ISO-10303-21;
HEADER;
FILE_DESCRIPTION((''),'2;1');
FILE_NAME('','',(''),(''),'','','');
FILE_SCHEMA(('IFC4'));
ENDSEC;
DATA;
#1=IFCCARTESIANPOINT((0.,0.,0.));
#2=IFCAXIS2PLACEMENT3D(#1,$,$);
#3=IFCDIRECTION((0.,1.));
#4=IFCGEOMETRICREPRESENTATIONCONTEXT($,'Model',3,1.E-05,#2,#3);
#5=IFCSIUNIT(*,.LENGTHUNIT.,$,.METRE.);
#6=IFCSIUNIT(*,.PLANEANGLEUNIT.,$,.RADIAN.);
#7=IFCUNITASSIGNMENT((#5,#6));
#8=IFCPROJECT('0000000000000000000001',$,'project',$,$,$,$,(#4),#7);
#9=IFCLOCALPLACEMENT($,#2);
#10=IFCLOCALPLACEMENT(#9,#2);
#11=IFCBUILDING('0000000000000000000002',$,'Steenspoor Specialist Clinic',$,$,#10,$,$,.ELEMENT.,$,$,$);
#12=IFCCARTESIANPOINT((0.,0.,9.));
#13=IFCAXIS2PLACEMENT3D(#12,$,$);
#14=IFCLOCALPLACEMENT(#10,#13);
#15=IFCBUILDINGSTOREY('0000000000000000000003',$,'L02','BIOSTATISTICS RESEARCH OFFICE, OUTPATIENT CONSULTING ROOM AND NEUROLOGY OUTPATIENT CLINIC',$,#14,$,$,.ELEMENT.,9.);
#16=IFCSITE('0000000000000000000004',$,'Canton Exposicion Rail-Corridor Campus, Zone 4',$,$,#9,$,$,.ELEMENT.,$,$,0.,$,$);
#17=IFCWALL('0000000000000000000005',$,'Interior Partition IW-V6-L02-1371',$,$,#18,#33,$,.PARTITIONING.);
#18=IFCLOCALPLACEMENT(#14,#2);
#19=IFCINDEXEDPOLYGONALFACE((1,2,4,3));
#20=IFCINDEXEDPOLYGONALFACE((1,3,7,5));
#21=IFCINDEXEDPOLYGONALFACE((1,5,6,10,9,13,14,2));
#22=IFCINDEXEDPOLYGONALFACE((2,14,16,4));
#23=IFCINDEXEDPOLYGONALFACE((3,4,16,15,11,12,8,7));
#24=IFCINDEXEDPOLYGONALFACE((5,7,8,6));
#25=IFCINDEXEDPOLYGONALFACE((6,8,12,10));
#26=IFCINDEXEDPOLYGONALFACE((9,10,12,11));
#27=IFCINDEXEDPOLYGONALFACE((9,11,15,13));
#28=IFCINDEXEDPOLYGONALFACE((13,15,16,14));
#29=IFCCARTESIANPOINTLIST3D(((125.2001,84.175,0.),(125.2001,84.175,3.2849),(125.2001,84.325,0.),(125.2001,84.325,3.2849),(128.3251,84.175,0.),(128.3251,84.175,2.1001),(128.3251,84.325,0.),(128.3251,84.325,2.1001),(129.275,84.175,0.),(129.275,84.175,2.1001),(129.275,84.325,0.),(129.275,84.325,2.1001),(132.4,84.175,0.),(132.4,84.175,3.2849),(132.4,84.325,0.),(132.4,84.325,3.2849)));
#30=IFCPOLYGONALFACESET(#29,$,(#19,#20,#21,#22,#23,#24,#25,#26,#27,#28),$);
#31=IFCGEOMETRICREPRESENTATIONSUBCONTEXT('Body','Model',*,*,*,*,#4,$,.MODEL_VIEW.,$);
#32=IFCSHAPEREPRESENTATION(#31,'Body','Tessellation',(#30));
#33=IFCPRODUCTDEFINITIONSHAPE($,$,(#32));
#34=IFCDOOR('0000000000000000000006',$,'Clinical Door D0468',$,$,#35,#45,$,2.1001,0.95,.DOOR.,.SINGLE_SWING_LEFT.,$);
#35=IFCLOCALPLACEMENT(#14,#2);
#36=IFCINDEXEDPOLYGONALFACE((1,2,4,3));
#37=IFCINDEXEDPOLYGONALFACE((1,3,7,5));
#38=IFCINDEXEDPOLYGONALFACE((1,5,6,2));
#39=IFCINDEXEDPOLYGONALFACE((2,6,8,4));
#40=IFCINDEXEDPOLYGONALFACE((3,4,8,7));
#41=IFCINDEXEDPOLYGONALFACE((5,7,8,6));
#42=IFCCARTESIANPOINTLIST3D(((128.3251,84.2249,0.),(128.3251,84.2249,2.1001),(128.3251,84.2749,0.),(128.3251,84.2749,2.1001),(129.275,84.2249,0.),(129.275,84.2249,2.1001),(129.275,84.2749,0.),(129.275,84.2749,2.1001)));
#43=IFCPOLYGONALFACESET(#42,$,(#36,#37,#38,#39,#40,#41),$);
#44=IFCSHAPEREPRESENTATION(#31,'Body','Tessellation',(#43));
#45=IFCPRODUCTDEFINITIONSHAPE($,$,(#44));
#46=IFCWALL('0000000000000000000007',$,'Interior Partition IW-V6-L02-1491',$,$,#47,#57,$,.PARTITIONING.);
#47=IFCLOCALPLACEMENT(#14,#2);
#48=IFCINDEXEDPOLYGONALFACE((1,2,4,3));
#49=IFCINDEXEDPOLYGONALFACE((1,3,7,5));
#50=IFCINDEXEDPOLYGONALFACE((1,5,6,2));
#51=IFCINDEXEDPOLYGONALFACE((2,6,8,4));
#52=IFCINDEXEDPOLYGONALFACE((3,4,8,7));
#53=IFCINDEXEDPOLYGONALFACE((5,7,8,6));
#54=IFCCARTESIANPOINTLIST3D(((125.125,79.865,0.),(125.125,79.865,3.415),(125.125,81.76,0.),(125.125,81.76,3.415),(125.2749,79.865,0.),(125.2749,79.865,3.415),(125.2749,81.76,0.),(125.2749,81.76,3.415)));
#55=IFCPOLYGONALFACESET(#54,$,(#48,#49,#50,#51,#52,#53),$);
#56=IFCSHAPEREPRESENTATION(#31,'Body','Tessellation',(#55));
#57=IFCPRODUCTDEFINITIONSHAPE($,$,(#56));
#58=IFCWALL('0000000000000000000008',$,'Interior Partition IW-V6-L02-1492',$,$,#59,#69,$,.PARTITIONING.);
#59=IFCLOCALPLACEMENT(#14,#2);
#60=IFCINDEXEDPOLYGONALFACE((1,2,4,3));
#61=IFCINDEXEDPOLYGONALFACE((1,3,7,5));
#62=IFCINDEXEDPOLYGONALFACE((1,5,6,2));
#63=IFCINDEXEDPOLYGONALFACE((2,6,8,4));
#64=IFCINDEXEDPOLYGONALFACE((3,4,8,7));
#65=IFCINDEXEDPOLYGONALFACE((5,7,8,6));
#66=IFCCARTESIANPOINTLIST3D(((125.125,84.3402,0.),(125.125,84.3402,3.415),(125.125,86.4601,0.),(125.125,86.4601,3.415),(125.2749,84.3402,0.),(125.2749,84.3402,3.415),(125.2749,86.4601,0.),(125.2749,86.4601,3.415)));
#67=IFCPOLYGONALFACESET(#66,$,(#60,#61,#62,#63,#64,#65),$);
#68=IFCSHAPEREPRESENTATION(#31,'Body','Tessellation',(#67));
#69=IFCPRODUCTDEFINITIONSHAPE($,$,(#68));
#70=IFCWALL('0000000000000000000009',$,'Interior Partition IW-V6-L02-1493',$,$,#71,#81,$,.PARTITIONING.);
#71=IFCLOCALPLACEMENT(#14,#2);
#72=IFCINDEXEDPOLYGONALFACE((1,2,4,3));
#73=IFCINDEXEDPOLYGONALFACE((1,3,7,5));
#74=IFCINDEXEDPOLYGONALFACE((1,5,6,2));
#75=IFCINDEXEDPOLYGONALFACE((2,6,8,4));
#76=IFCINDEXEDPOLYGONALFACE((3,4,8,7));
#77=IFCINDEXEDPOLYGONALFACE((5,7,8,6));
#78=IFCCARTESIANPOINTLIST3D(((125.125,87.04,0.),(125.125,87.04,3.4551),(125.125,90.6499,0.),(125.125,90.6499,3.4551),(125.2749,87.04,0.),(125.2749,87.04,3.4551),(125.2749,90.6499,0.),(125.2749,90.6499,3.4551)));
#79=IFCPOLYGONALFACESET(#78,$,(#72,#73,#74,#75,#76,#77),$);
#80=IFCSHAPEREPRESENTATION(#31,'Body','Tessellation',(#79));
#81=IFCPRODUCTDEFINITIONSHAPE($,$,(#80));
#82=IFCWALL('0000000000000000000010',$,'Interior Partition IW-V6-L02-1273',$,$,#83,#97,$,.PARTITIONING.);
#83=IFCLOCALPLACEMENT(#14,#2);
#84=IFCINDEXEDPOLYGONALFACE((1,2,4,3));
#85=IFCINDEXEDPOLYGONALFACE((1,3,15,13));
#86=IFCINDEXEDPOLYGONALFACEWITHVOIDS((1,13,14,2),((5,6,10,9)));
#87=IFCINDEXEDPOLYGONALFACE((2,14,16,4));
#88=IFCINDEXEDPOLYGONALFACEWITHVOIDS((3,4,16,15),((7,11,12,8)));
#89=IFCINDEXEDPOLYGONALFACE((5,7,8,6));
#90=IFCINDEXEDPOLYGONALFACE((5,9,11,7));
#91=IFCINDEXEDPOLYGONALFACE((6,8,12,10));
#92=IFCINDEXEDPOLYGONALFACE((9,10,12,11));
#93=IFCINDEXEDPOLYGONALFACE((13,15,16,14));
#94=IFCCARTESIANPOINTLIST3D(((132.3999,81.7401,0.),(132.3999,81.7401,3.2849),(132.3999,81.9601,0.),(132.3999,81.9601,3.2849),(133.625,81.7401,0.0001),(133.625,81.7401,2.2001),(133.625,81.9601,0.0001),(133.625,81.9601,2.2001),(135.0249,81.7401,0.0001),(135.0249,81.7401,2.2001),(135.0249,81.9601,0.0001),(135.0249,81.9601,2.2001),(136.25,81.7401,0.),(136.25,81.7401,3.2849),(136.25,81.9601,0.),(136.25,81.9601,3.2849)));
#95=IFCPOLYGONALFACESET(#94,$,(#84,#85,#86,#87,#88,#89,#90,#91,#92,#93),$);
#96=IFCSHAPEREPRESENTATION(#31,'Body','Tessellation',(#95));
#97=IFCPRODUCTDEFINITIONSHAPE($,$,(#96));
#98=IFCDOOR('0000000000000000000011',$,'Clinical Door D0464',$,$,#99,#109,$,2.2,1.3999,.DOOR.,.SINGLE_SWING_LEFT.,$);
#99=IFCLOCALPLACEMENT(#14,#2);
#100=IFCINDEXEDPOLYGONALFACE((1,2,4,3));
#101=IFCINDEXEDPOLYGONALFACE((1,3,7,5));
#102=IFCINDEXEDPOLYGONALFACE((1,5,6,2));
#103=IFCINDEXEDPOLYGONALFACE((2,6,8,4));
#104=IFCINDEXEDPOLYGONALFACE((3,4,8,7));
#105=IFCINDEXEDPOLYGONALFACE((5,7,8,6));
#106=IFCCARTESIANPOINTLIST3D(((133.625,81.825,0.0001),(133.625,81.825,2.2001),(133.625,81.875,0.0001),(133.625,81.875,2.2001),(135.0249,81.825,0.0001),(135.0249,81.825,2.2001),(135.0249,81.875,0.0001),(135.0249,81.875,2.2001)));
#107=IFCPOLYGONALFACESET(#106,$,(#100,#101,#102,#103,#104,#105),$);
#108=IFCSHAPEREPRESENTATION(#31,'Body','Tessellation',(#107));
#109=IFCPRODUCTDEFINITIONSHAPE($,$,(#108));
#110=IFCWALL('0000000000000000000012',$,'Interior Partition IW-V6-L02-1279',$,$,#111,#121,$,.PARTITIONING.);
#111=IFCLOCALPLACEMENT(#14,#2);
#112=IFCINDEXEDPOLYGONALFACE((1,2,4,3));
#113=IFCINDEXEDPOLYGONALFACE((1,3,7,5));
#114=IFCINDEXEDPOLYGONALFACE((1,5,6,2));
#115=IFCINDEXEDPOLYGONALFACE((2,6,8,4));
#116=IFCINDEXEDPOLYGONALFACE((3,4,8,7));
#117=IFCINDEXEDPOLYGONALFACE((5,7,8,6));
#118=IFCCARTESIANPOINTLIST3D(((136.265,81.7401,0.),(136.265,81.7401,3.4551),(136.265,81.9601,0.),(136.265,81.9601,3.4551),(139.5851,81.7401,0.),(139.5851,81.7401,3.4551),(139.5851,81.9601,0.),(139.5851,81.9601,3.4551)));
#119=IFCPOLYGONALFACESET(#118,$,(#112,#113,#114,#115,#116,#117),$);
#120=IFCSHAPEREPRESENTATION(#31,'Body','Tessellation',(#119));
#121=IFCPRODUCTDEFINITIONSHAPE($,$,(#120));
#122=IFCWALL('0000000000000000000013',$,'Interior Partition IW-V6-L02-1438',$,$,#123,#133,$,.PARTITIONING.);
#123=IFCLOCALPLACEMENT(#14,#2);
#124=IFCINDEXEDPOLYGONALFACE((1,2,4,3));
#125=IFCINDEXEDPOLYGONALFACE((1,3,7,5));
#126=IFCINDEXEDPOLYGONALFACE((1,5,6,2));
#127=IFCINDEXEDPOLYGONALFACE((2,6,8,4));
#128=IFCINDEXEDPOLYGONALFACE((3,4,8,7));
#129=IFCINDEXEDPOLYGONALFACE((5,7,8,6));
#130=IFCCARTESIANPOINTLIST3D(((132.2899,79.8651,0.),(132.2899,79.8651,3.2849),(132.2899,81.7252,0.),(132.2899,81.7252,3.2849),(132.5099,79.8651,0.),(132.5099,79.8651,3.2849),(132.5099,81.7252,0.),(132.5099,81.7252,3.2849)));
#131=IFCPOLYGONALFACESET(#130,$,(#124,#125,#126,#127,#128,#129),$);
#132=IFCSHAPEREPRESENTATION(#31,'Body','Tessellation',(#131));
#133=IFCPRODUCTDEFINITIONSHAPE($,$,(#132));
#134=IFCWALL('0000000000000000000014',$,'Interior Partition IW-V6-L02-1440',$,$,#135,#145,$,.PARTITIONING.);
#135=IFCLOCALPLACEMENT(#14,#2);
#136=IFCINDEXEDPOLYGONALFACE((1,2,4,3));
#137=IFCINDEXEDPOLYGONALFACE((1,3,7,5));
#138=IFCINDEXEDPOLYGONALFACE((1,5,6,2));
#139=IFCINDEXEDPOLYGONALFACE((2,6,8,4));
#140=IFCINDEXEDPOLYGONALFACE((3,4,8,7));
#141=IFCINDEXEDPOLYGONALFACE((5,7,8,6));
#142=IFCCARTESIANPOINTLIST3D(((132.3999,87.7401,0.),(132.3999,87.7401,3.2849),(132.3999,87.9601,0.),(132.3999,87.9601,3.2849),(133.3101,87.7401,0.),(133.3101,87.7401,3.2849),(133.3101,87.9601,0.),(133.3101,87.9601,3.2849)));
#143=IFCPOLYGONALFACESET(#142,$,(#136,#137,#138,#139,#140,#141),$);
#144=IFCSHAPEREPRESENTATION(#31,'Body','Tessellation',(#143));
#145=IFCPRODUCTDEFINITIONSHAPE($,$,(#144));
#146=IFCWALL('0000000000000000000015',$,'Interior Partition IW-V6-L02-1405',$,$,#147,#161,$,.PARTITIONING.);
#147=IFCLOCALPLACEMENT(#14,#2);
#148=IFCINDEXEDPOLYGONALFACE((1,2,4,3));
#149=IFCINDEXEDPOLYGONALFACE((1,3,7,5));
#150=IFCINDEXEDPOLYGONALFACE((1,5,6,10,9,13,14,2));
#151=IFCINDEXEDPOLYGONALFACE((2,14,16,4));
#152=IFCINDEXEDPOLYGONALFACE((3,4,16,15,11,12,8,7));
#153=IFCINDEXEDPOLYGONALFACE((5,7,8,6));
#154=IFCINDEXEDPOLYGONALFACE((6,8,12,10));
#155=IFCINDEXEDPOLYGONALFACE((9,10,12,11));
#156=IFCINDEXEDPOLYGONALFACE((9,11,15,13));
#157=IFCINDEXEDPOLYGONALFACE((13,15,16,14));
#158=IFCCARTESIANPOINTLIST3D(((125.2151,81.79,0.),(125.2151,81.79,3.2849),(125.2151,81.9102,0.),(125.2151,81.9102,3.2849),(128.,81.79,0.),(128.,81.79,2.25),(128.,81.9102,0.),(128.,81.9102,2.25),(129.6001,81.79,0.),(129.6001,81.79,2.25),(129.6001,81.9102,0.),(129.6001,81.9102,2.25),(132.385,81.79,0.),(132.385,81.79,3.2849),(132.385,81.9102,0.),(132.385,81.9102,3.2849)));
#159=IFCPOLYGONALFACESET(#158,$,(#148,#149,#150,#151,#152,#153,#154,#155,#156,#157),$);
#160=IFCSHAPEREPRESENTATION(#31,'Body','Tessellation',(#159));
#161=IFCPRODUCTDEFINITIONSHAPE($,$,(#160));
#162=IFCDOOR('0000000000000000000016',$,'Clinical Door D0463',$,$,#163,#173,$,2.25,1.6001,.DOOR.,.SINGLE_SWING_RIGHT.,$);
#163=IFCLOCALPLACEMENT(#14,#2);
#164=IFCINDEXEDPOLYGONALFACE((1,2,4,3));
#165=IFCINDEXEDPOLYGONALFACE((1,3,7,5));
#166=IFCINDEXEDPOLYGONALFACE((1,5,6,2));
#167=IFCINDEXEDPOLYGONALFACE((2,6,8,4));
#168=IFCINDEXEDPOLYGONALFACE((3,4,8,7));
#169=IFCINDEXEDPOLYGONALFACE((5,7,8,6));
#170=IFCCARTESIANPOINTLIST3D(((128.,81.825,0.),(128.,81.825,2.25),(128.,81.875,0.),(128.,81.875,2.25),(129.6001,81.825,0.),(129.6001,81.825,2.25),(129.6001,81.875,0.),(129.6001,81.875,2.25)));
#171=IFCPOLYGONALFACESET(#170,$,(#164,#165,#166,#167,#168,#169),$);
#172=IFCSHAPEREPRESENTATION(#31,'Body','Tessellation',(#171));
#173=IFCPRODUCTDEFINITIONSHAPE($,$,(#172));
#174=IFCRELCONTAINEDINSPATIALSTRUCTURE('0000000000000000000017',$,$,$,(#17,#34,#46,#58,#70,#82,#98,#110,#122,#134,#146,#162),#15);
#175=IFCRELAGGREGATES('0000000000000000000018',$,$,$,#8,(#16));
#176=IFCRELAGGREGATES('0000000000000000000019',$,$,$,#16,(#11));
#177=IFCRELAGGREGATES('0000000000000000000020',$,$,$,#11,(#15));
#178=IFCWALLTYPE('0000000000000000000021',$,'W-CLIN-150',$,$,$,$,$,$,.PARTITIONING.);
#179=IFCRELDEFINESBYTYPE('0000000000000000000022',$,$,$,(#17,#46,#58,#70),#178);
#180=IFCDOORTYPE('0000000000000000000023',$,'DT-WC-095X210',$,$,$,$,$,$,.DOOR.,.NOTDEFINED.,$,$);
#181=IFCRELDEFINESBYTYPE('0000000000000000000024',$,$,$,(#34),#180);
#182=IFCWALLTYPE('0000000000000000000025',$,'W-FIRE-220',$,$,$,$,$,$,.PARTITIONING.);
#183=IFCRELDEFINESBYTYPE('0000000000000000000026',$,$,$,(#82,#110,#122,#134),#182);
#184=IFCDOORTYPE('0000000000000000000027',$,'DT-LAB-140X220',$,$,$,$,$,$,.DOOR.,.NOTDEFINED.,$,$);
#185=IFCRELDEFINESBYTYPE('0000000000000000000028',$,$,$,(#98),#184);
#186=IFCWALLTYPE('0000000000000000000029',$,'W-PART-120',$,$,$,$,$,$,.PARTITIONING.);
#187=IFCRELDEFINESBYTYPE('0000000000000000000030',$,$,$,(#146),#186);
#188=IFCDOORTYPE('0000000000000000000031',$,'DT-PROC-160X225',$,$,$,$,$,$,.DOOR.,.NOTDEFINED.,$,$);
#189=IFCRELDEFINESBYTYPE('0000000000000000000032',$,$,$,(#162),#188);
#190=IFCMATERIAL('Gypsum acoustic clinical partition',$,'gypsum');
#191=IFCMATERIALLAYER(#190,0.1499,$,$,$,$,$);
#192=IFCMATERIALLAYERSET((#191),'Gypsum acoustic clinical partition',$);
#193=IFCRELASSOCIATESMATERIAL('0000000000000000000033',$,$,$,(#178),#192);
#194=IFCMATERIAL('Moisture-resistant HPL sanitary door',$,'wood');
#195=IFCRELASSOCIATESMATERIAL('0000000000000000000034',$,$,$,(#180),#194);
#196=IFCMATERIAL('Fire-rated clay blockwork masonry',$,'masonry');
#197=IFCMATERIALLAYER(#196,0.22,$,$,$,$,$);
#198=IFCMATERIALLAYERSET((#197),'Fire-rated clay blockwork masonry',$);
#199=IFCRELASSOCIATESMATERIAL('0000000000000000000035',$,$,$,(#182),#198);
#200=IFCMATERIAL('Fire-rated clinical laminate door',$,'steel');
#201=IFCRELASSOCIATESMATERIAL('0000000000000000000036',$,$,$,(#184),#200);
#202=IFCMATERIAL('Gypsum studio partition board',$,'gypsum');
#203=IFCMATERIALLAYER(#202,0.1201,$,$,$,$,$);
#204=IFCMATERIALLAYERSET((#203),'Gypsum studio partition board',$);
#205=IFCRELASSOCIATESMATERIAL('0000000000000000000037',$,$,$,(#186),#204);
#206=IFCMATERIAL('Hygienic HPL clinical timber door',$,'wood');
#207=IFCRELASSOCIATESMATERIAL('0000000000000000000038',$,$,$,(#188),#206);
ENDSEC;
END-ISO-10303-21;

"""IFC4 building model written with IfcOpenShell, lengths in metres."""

from ifc_helpers import new_model, si_unit, direction, frame, frame_2d, origin, place, context, subcontext, project, spatial, rectangle, extrude, material, layer, layer_set, type_object, element, fill, save


model = new_model("IFC4")

# Units and contexts
model_context = context("Model", 3, precision=1e-05, world=origin(), true_north=direction((0.0, 1.0)))
body_context = subcontext(model_context, "Body", "Model", "MODEL_VIEW")
ifc_project = project(units=[si_unit("LENGTHUNIT", "METRE"), si_unit("PLANEANGLEUNIT", "RADIAN")], contexts=[model_context])

# Site, building, storey
site_placement = place(None, origin())
site = spatial("IfcSite", under=ifc_project, at=site_placement, Name="Canton Exposicion Rail-Corridor Campus, Zone 4", CompositionType="ELEMENT", RefElevation=0.0)
building_placement = place(site_placement, origin())
building = spatial("IfcBuilding", under=site, at=building_placement, Name="Steenspoor Specialist Clinic", CompositionType="ELEMENT")
storey_placement = place(building_placement, frame((0.0, 0.0, 9.0)))
storey = spatial("IfcBuildingStorey", under=building, at=storey_placement, Name="L02", Description="BIOSTATISTICS RESEARCH OFFICE, OUTPATIENT CONSULTING ROOM AND NEUROLOGY OUTPATIENT CLINIC", CompositionType="ELEMENT", Elevation=9.0)

# Wall, opening, door
ifc_material_1 = material(Name="Gypsum acoustic clinical partition", Category="gypsum")
ifc_layer_1 = layer(ifc_material_1, 0.1499)
ifc_layer_set_1 = layer_set([ifc_layer_1], Name="Gypsum acoustic clinical partition")
wall_type_1 = type_object("IfcWallType", Name="W-CLIN-150", PredefinedType="PARTITIONING", material=ifc_layer_set_1)
wall_1_placement = place(storey_placement, frame((125.2, 84.25, 0.0), z_axis=(0.0, 0.0, 1.0), x_axis=(1.0, 0.0, 0.0)))
wall_1 = element("IfcWall", 1, at=wall_1_placement, inside=storey, type_object=wall_type_1, Name="Interior Partition IW-V6-L02-1371", PredefinedType="PARTITIONING", context=body_context, shape_type="SweptSolid", body=[
    extrude(rectangle(XDim=7.2, YDim=0.1499, at=frame_2d((3.6001, 0.0))), origin(), (0.0, 0.0, 1.0), 3.2849),
])
opening_1_placement = place(wall_1_placement, frame((3.125, 0.0, 0.0)))
opening_1 = element("IfcOpeningElement", 2, at=opening_1_placement, cuts=wall_1, PredefinedType="OPENING", context=body_context, shape_type="SweptSolid", body=[
    extrude(rectangle(XDim=0.95, YDim=2.1001, at=frame_2d((0.4751, 1.05))), frame((0.0, 0.085, 0.0), z_axis=(0.0, -1.0, 0.0), x_axis=(1.0, 0.0, 0.0)), (0.0, 0.0, 1.0), 0.1699),
])
ifc_material_2 = material(Name="Moisture-resistant HPL sanitary door", Category="wood")
door_type_1 = type_object("IfcDoorType", Name="DT-WC-095X210", OperationType="NOTDEFINED", PredefinedType="DOOR", material=ifc_material_2)
door_1_placement = place(opening_1_placement, origin())
door_1 = element("IfcDoor", 3, at=door_1_placement, inside=storey, type_object=door_type_1, Name="Clinical Door D0468", OperationType="SINGLE_SWING_LEFT", OverallHeight=2.1001, OverallWidth=0.95, PredefinedType="DOOR", context=body_context, shape_type="SweptSolid", body=[
    extrude(rectangle(XDim=0.95, YDim=2.1001, at=frame_2d((0.4751, 1.05))), frame((0.0, 0.0249, 0.0), z_axis=(0.0, -1.0, 0.0), x_axis=(1.0, 0.0, 0.0)), (0.0, 0.0, 1.0), 0.05),
])
fill(opening_1, door_1)

# Walls
wall_2_placement = place(storey_placement, frame((125.2, 79.865, 0.0), z_axis=(0.0, 0.0, 1.0), x_axis=(0.0, 1.0, 0.0)))
element("IfcWall", 4, at=wall_2_placement, inside=storey, type_object=wall_type_1, Name="Interior Partition IW-V6-L02-1491", PredefinedType="PARTITIONING", context=body_context, shape_type="SweptSolid", body=[
    extrude(rectangle(XDim=1.895, YDim=0.1499, at=frame_2d((0.9475, 0.0))), origin(), (0.0, 0.0, 1.0), 3.415),
])
wall_3_placement = place(storey_placement, frame((125.2, 84.3401, 0.0), z_axis=(0.0, 0.0, 1.0), x_axis=(0.0, 1.0, 0.0)))
element("IfcWall", 5, at=wall_3_placement, inside=storey, type_object=wall_type_1, Name="Interior Partition IW-V6-L02-1492", PredefinedType="PARTITIONING", context=body_context, shape_type="SweptSolid", body=[
    extrude(rectangle(XDim=2.1199, YDim=0.1499, at=frame_2d((1.0601, 0.0))), origin(), (0.0, 0.0, 1.0), 3.415),
])
wall_4_placement = place(storey_placement, frame((125.2, 87.04, 0.0), z_axis=(0.0, 0.0, 1.0), x_axis=(0.0, 1.0, 0.0)))
element("IfcWall", 6, at=wall_4_placement, inside=storey, type_object=wall_type_1, Name="Interior Partition IW-V6-L02-1493", PredefinedType="PARTITIONING", context=body_context, shape_type="SweptSolid", body=[
    extrude(rectangle(XDim=3.6099, YDim=0.1499, at=frame_2d((1.8049, 0.0))), origin(), (0.0, 0.0, 1.0), 3.4551),
])

# Wall, opening, door
ifc_material_3 = material(Name="Fire-rated clay blockwork masonry", Category="masonry")
ifc_layer_2 = layer(ifc_material_3, 0.22)
ifc_layer_set_2 = layer_set([ifc_layer_2], Name="Fire-rated clay blockwork masonry")
wall_type_2 = type_object("IfcWallType", Name="W-FIRE-220", PredefinedType="PARTITIONING", material=ifc_layer_set_2)
wall_5_placement = place(storey_placement, frame((132.3999, 81.8501, 0.0), z_axis=(0.0, 0.0, 1.0), x_axis=(1.0, 0.0, 0.0)))
wall_5 = element("IfcWall", 7, at=wall_5_placement, inside=storey, type_object=wall_type_2, Name="Interior Partition IW-V6-L02-1273", PredefinedType="PARTITIONING", context=body_context, shape_type="SweptSolid", body=[
    extrude(rectangle(XDim=3.8501, YDim=0.22, at=frame_2d((1.925, 0.0))), origin(), (0.0, 0.0, 1.0), 3.2849),
])
opening_2_placement = place(wall_5_placement, frame((1.2251, 0.0, 0.0)))
opening_2 = element("IfcOpeningElement", 8, at=opening_2_placement, cuts=wall_5, PredefinedType="OPENING", context=body_context, shape_type="SweptSolid", body=[
    extrude(rectangle(XDim=1.3999, YDim=2.2, at=frame_2d((0.7, 1.1001))), frame((0.0, 0.1201, 0.0), z_axis=(0.0, -1.0, 0.0), x_axis=(1.0, 0.0, 0.0)), (0.0, 0.0, 1.0), 0.24),
])
ifc_material_4 = material(Name="Fire-rated clinical laminate door", Category="steel")
door_type_2 = type_object("IfcDoorType", Name="DT-LAB-140X220", OperationType="NOTDEFINED", PredefinedType="DOOR", material=ifc_material_4)
door_2_placement = place(opening_2_placement, origin())
door_2 = element("IfcDoor", 9, at=door_2_placement, inside=storey, type_object=door_type_2, Name="Clinical Door D0464", OperationType="SINGLE_SWING_LEFT", OverallHeight=2.2, OverallWidth=1.3999, PredefinedType="DOOR", context=body_context, shape_type="SweptSolid", body=[
    extrude(rectangle(XDim=1.3999, YDim=2.2, at=frame_2d((0.7, 1.1001))), frame((0.0, 0.0249, 0.0), z_axis=(0.0, -1.0, 0.0), x_axis=(1.0, 0.0, 0.0)), (0.0, 0.0, 1.0), 0.05),
])
fill(opening_2, door_2)

# Walls
wall_6_placement = place(storey_placement, frame((136.2649, 81.8501, 0.0), z_axis=(0.0, 0.0, 1.0), x_axis=(1.0, 0.0, 0.0)))
element("IfcWall", 10, at=wall_6_placement, inside=storey, type_object=wall_type_2, Name="Interior Partition IW-V6-L02-1279", PredefinedType="PARTITIONING", context=body_context, shape_type="SweptSolid", body=[
    extrude(rectangle(XDim=3.3201, YDim=0.22, at=frame_2d((1.6602, 0.0))), origin(), (0.0, 0.0, 1.0), 3.4551),
])
wall_7_placement = place(storey_placement, frame((132.3999, 79.865, 0.0), z_axis=(0.0, 0.0, 1.0), x_axis=(0.0, 1.0, 0.0)))
element("IfcWall", 11, at=wall_7_placement, inside=storey, type_object=wall_type_2, Name="Interior Partition IW-V6-L02-1438", PredefinedType="PARTITIONING", context=body_context, shape_type="SweptSolid", body=[
    extrude(rectangle(XDim=1.8601, YDim=0.22, at=frame_2d((0.9302, 0.0))), origin(), (0.0, 0.0, 1.0), 3.2849),
])
wall_8_placement = place(storey_placement, frame((132.3999, 87.8501, 0.0), z_axis=(0.0, 0.0, 1.0), x_axis=(1.0, 0.0, 0.0)))
element("IfcWall", 12, at=wall_8_placement, inside=storey, type_object=wall_type_2, Name="Interior Partition IW-V6-L02-1440", PredefinedType="PARTITIONING", context=body_context, shape_type="SweptSolid", body=[
    extrude(rectangle(XDim=0.9102, YDim=0.22, at=frame_2d((0.4551, 0.0))), origin(), (0.0, 0.0, 1.0), 3.2849),
])

# Wall, opening, door
ifc_material_5 = material(Name="Gypsum studio partition board", Category="gypsum")
ifc_layer_3 = layer(ifc_material_5, 0.1201)
ifc_layer_set_3 = layer_set([ifc_layer_3], Name="Gypsum studio partition board")
wall_type_3 = type_object("IfcWallType", Name="W-PART-120", PredefinedType="PARTITIONING", material=ifc_layer_set_3)
wall_9_placement = place(storey_placement, frame((125.2151, 81.8501, 0.0), z_axis=(0.0, 0.0, 1.0), x_axis=(1.0, 0.0, 0.0)))
wall_9 = element("IfcWall", 13, at=wall_9_placement, inside=storey, type_object=wall_type_3, Name="Interior Partition IW-V6-L02-1405", PredefinedType="PARTITIONING", context=body_context, shape_type="SweptSolid", body=[
    extrude(rectangle(XDim=7.1699, YDim=0.1201, at=frame_2d((3.585, 0.0))), origin(), (0.0, 0.0, 1.0), 3.2849),
])
opening_3_placement = place(wall_9_placement, frame((2.7849, 0.0, 0.0)))
opening_3 = element("IfcOpeningElement", 14, at=opening_3_placement, cuts=wall_9, PredefinedType="OPENING", context=body_context, shape_type="SweptSolid", body=[
    extrude(rectangle(XDim=1.6001, YDim=2.25, at=frame_2d((0.8, 1.125))), frame((0.0, 0.0701, 0.0), z_axis=(0.0, -1.0, 0.0), x_axis=(1.0, 0.0, 0.0)), (0.0, 0.0, 1.0), 0.1401),
])
ifc_material_6 = material(Name="Hygienic HPL clinical timber door", Category="wood")
door_type_3 = type_object("IfcDoorType", Name="DT-PROC-160X225", OperationType="NOTDEFINED", PredefinedType="DOOR", material=ifc_material_6)
door_3_placement = place(opening_3_placement, origin())
door_3 = element("IfcDoor", 15, at=door_3_placement, inside=storey, type_object=door_type_3, Name="Clinical Door D0463", OperationType="SINGLE_SWING_RIGHT", OverallHeight=2.25, OverallWidth=1.6001, PredefinedType="DOOR", context=body_context, shape_type="SweptSolid", body=[
    extrude(rectangle(XDim=1.6001, YDim=2.25, at=frame_2d((0.8, 1.125))), frame((0.0, 0.0249, 0.0), z_axis=(0.0, -1.0, 0.0), x_axis=(1.0, 0.0, 0.0)), (0.0, 0.0, 1.0), 0.05),
])
fill(opening_3, door_3)

save(model, "model.ifc")
